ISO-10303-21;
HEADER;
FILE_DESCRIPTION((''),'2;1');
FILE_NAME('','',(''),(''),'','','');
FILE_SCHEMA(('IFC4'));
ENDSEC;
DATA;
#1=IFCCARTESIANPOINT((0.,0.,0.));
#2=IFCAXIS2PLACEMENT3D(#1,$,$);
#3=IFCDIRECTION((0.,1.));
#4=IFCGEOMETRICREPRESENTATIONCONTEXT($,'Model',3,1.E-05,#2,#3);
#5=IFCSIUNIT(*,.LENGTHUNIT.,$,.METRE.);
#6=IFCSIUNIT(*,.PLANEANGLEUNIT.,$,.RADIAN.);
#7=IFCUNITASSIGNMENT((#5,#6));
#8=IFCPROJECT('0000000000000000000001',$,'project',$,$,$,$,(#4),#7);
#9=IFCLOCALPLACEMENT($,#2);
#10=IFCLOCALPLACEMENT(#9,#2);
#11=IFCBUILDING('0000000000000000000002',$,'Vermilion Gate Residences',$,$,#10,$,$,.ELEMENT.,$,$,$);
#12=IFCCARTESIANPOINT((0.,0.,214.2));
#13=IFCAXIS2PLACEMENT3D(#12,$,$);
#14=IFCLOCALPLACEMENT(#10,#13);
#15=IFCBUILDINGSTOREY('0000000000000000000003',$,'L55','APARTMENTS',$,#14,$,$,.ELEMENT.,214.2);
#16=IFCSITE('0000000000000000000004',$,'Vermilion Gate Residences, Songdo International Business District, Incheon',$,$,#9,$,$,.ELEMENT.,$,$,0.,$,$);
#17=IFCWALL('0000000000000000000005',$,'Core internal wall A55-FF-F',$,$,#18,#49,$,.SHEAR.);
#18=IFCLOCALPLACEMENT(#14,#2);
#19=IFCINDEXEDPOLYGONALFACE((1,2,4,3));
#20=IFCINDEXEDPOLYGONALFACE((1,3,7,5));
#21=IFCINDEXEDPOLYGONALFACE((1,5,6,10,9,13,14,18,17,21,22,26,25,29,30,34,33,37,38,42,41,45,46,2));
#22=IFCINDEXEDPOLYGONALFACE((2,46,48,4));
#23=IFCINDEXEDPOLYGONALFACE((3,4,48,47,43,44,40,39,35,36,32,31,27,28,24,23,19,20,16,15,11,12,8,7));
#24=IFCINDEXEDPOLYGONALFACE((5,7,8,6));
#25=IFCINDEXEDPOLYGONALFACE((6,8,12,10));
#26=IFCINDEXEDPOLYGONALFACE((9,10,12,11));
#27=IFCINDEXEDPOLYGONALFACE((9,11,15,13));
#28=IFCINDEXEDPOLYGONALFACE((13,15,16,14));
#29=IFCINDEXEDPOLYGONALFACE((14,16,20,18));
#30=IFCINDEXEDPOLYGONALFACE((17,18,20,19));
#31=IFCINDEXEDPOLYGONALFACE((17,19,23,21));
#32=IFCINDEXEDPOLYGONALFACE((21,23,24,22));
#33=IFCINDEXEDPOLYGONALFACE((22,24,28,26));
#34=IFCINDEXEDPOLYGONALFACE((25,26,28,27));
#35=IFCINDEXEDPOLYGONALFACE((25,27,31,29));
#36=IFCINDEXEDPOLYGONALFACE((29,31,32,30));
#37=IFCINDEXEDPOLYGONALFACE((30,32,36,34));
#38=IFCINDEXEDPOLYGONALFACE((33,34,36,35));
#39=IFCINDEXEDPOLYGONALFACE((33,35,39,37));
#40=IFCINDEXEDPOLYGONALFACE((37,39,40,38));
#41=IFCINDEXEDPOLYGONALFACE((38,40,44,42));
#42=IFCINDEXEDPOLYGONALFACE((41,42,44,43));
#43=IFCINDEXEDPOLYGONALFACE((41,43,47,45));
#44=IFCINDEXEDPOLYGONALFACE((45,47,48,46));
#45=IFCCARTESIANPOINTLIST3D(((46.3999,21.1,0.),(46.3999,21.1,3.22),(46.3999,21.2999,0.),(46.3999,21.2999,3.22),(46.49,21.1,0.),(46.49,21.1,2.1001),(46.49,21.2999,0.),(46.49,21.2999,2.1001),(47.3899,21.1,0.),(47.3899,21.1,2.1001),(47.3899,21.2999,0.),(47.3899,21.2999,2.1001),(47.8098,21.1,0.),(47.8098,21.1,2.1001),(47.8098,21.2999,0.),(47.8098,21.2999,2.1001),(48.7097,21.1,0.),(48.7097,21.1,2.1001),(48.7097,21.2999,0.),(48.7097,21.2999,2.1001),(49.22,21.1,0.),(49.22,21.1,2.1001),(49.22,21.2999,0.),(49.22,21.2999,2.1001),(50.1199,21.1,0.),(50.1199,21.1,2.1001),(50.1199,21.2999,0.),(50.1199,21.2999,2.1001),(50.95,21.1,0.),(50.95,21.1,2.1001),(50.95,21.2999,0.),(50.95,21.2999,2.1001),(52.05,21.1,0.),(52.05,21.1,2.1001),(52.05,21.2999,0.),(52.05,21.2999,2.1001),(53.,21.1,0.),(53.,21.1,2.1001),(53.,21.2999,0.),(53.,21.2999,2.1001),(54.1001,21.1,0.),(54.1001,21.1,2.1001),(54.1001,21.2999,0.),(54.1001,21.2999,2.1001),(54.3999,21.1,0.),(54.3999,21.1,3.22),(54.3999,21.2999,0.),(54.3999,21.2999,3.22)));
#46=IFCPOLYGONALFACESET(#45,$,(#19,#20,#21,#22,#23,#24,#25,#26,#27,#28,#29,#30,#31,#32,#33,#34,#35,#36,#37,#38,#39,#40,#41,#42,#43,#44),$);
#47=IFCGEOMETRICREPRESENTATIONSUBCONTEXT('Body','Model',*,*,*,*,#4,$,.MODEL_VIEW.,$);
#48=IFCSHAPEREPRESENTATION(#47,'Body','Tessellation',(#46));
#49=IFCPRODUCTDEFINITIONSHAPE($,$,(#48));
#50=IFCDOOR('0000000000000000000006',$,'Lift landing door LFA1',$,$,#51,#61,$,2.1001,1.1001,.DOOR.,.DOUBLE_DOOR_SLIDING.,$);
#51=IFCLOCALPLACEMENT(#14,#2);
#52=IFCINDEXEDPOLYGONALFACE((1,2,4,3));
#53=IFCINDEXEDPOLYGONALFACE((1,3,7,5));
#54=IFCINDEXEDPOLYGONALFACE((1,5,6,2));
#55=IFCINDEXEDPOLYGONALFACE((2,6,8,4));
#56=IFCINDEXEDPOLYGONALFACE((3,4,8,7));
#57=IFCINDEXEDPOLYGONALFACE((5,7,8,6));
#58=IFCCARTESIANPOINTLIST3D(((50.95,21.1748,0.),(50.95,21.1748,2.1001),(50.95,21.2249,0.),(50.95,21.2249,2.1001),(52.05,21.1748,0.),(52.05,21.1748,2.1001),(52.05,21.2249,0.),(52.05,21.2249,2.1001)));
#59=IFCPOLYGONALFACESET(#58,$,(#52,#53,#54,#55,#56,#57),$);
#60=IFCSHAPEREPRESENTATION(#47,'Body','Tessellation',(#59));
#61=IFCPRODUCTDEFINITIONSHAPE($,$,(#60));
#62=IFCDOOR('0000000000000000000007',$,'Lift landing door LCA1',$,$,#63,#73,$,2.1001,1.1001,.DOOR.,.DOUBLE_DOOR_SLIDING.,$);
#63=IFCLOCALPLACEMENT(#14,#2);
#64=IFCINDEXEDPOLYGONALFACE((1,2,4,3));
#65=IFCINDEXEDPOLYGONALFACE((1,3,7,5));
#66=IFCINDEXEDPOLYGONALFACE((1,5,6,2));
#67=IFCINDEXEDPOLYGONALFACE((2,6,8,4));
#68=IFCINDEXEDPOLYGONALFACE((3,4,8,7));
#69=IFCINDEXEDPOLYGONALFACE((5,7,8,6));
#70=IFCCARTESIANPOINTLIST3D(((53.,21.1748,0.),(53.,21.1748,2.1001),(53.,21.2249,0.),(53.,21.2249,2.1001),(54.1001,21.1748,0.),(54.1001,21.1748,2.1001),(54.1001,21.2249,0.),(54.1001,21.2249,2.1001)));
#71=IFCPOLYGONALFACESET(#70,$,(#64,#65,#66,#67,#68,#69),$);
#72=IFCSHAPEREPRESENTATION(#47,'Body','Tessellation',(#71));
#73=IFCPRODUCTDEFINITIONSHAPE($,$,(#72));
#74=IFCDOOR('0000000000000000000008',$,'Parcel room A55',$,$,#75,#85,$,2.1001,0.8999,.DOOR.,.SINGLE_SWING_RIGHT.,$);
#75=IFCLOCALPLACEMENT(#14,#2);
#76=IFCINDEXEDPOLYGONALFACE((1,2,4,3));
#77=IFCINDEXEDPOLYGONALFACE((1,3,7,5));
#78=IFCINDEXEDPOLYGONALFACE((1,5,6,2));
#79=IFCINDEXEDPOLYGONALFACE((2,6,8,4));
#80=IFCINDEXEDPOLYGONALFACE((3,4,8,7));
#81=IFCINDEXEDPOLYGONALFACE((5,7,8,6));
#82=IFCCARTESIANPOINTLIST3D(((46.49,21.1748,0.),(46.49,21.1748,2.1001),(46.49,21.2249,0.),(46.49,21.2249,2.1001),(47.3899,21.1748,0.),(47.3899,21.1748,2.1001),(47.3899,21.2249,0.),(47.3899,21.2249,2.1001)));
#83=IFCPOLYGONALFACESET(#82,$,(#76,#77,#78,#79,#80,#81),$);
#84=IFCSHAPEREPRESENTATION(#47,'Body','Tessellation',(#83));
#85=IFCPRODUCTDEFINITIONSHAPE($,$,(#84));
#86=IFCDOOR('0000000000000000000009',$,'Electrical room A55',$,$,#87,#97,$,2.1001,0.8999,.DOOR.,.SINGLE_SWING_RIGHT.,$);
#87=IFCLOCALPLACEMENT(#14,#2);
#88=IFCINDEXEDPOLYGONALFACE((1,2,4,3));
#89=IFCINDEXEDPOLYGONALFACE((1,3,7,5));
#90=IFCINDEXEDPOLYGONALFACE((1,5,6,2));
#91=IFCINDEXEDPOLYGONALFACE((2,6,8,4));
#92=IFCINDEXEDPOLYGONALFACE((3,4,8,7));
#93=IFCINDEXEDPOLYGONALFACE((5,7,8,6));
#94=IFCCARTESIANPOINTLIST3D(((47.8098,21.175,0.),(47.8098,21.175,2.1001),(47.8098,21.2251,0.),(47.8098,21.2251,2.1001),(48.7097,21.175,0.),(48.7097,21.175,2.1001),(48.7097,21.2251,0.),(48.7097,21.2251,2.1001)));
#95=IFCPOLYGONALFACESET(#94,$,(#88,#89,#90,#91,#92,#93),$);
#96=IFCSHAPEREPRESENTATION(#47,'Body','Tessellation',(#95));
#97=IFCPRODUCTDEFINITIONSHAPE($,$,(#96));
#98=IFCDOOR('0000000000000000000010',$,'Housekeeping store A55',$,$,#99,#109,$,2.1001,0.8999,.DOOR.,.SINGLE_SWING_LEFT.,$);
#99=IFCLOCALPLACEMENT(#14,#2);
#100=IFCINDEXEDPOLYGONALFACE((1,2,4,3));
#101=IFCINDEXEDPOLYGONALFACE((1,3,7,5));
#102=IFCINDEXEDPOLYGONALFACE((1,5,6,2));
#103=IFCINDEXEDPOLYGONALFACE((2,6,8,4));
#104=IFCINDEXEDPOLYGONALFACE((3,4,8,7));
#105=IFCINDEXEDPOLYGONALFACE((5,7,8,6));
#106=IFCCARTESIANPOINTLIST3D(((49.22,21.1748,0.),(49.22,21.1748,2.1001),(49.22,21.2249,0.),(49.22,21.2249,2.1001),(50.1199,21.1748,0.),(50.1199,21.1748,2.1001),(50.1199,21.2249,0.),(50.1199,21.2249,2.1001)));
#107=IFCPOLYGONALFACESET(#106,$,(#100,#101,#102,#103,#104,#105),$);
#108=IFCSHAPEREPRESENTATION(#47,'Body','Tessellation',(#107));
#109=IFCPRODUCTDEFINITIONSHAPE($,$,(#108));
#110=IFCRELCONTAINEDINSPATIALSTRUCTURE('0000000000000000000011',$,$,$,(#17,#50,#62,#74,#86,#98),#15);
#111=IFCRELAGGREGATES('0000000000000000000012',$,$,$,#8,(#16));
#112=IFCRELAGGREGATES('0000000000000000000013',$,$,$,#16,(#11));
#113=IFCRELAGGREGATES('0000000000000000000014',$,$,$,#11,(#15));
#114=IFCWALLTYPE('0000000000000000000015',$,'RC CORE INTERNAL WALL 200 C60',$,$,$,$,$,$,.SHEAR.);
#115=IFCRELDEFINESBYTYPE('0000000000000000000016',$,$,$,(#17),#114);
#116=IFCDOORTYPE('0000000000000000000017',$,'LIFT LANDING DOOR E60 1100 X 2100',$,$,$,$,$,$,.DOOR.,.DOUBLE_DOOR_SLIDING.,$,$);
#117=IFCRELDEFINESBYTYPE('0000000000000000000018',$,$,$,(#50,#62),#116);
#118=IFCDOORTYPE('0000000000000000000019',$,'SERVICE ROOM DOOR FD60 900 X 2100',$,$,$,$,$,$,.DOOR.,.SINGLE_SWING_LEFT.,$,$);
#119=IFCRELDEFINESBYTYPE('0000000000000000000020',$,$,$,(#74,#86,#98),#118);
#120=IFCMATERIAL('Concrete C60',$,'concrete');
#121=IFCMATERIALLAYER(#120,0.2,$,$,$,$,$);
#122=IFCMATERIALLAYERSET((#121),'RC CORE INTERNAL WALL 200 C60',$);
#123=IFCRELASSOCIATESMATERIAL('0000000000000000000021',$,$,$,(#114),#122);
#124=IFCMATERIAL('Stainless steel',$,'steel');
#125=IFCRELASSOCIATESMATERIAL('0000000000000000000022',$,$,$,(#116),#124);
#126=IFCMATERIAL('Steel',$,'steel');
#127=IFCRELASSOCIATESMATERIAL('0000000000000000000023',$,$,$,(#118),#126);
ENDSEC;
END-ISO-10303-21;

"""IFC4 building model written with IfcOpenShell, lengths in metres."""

from ifc_helpers import new_model, si_unit, direction, frame, frame_2d, origin, place, context, subcontext, project, spatial, rectangle, extrude, material, layer, layer_set, type_object, element, fill, save


model = new_model("IFC4")

# Units and contexts
model_context = context("Model", 3, precision=1e-05, world=origin(), true_north=direction((0.0, 1.0)))
body_context = subcontext(model_context, "Body", "Model", "MODEL_VIEW")
ifc_project = project(units=[si_unit("LENGTHUNIT", "METRE"), si_unit("PLANEANGLEUNIT", "RADIAN")], contexts=[model_context])

# Site, building, storey
site_placement = place(None, origin())
site = spatial("IfcSite", under=ifc_project, at=site_placement, Name="Vermilion Gate Residences, Songdo International Business District, Incheon", CompositionType="ELEMENT", RefElevation=0.0)
building_placement = place(site_placement, origin())
building = spatial("IfcBuilding", under=site, at=building_placement, Name="Vermilion Gate Residences", CompositionType="ELEMENT")
storey_placement = place(building_placement, frame((0.0, 0.0, 214.2)))
storey = spatial("IfcBuildingStorey", under=building, at=storey_placement, Name="L55", Description="APARTMENTS", CompositionType="ELEMENT", Elevation=214.2)

# Shared definitions
ifc_material_1 = material(Name="Concrete C60", Category="concrete")
ifc_layer_1 = layer(ifc_material_1, 0.2)
ifc_layer_set_1 = layer_set([ifc_layer_1], Name="RC CORE INTERNAL WALL 200 C60")
wall_type_1 = type_object("IfcWallType", Name="RC CORE INTERNAL WALL 200 C60", PredefinedType="SHEAR", material=ifc_layer_set_1)

# Wall, openings, doors
wall_1_placement = place(storey_placement, frame((46.3999, 21.2, 0.0), z_axis=(0.0, 0.0, 1.0), x_axis=(1.0, 0.0, 0.0)))
wall_1 = element("IfcWall", 1, at=wall_1_placement, inside=storey, type_object=wall_type_1, Name="Core internal wall A55-FF-F", PredefinedType="SHEAR", context=body_context, shape_type="SweptSolid", body=[
    extrude(rectangle(XDim=8.0, YDim=0.2, at=frame_2d((4.0, 0.0))), origin(), (0.0, 0.0, 1.0), 3.22),
])
opening_1_placement = place(wall_1_placement, frame((0.0901, 0.0, 0.0)))
opening_1 = element("IfcOpeningElement", 2, at=opening_1_placement, cuts=wall_1, PredefinedType="OPENING", context=body_context, shape_type="SweptSolid", body=[
    extrude(rectangle(XDim=0.8999, YDim=2.1001, at=frame_2d((0.45, 1.05))), frame((0.0, 0.1099, 0.0), z_axis=(0.0, -1.0, 0.0), x_axis=(1.0, 0.0, 0.0)), (0.0, 0.0, 1.0), 0.22),
])
opening_2_placement = place(wall_1_placement, frame((1.4099, 0.0, 0.0)))
opening_2 = element("IfcOpeningElement", 3, at=opening_2_placement, cuts=wall_1, PredefinedType="OPENING", context=body_context, shape_type="SweptSolid", body=[
    extrude(rectangle(XDim=0.8999, YDim=2.1001, at=frame_2d((0.45, 1.05))), frame((0.0, 0.1099, 0.0), z_axis=(0.0, -1.0, 0.0), x_axis=(1.0, 0.0, 0.0)), (0.0, 0.0, 1.0), 0.22),
])
opening_3_placement = place(wall_1_placement, frame((2.8201, 0.0, 0.0)))
opening_3 = element("IfcOpeningElement", 4, at=opening_3_placement, cuts=wall_1, PredefinedType="OPENING", context=body_context, shape_type="SweptSolid", body=[
    extrude(rectangle(XDim=0.8999, YDim=2.1001, at=frame_2d((0.45, 1.05))), frame((0.0, 0.1099, 0.0), z_axis=(0.0, -1.0, 0.0), x_axis=(1.0, 0.0, 0.0)), (0.0, 0.0, 1.0), 0.22),
])
opening_4_placement = place(wall_1_placement, frame((4.55, 0.0, 0.0)))
opening_4 = element("IfcOpeningElement", 5, at=opening_4_placement, cuts=wall_1, PredefinedType="OPENING", context=body_context, shape_type="SweptSolid", body=[
    extrude(rectangle(XDim=1.1001, YDim=2.1001, at=frame_2d((0.55, 1.05))), frame((0.0, 0.1099, 0.0), z_axis=(0.0, -1.0, 0.0), x_axis=(1.0, 0.0, 0.0)), (0.0, 0.0, 1.0), 0.22),
])
opening_5_placement = place(wall_1_placement, frame((6.6001, 0.0, 0.0)))
opening_5 = element("IfcOpeningElement", 6, at=opening_5_placement, cuts=wall_1, PredefinedType="OPENING", context=body_context, shape_type="SweptSolid", body=[
    extrude(rectangle(XDim=1.1001, YDim=2.1001, at=frame_2d((0.55, 1.05))), frame((0.0, 0.1099, 0.0), z_axis=(0.0, -1.0, 0.0), x_axis=(1.0, 0.0, 0.0)), (0.0, 0.0, 1.0), 0.22),
])
ifc_material_2 = material(Name="Stainless steel", Category="steel")
door_type_1 = type_object("IfcDoorType", Name="LIFT LANDING DOOR E60 1100 X 2100", OperationType="DOUBLE_DOOR_SLIDING", PredefinedType="DOOR", material=ifc_material_2)
door_1_placement = place(opening_4_placement, origin())
door_1 = element("IfcDoor", 7, at=door_1_placement, inside=storey, type_object=door_type_1, Name="Lift landing door LFA1", OperationType="DOUBLE_DOOR_SLIDING", OverallHeight=2.1001, OverallWidth=1.1001, PredefinedType="DOOR", context=body_context, shape_type="SweptSolid", body=[
    extrude(rectangle(XDim=1.1001, YDim=2.1001, at=frame_2d((0.55, 1.05))), frame((0.0, 0.0249, 0.0), z_axis=(0.0, -1.0, 0.0), x_axis=(1.0, 0.0, 0.0)), (0.0, 0.0, 1.0), 0.05),
])
fill(opening_4, door_1)
door_2_placement = place(opening_5_placement, origin())
door_2 = element("IfcDoor", 8, at=door_2_placement, inside=storey, type_object=door_type_1, Name="Lift landing door LCA1", OperationType="DOUBLE_DOOR_SLIDING", OverallHeight=2.1001, OverallWidth=1.1001, PredefinedType="DOOR", context=body_context, shape_type="SweptSolid", body=[
    extrude(rectangle(XDim=1.1001, YDim=2.1001, at=frame_2d((0.55, 1.05))), frame((0.0, 0.0249, 0.0), z_axis=(0.0, -1.0, 0.0), x_axis=(1.0, 0.0, 0.0)), (0.0, 0.0, 1.0), 0.05),
])
fill(opening_5, door_2)
ifc_material_3 = material(Name="Steel", Category="steel")
door_type_2 = type_object("IfcDoorType", Name="SERVICE ROOM DOOR FD60 900 X 2100", OperationType="SINGLE_SWING_LEFT", PredefinedType="DOOR", material=ifc_material_3)
door_3_placement = place(opening_1_placement, origin())
door_3 = element("IfcDoor", 9, at=door_3_placement, inside=storey, type_object=door_type_2, Name="Parcel room A55", OperationType="SINGLE_SWING_RIGHT", OverallHeight=2.1001, OverallWidth=0.8999, PredefinedType="DOOR", context=body_context, shape_type="SweptSolid", body=[
    extrude(rectangle(XDim=0.8999, YDim=2.1001, at=frame_2d((0.45, 1.05))), frame((0.0, 0.0249, 0.0), z_axis=(0.0, -1.0, 0.0), x_axis=(1.0, 0.0, 0.0)), (0.0, 0.0, 1.0), 0.05),
])
fill(opening_1, door_3)
door_4_placement = place(opening_2_placement, frame((0.8999, 0.0, 0.0), z_axis=(0.0, 0.0, 1.0), x_axis=(-1.0, 0.0, 0.0)))
door_4 = element("IfcDoor", 10, at=door_4_placement, inside=storey, type_object=door_type_2, Name="Electrical room A55", OperationType="SINGLE_SWING_RIGHT", OverallHeight=2.1001, OverallWidth=0.8999, PredefinedType="DOOR", context=body_context, shape_type="SweptSolid", body=[
    extrude(rectangle(XDim=0.8999, YDim=2.1001, at=frame_2d((0.45, 1.05))), frame((0.0, 0.0249, 0.0), z_axis=(0.0, -1.0, 0.0), x_axis=(1.0, 0.0, 0.0)), (0.0, 0.0, 1.0), 0.05),
])
fill(opening_2, door_4)
door_5_placement = place(opening_3_placement, origin())
door_5 = element("IfcDoor", 11, at=door_5_placement, inside=storey, type_object=door_type_2, Name="Housekeeping store A55", OperationType="SINGLE_SWING_LEFT", OverallHeight=2.1001, OverallWidth=0.8999, PredefinedType="DOOR", context=body_context, shape_type="SweptSolid", body=[
    extrude(rectangle(XDim=0.8999, YDim=2.1001, at=frame_2d((0.45, 1.05))), frame((0.0, 0.0249, 0.0), z_axis=(0.0, -1.0, 0.0), x_axis=(1.0, 0.0, 0.0)), (0.0, 0.0, 1.0), 0.05),
])
fill(opening_3, door_5)

save(model, "model.ifc")
